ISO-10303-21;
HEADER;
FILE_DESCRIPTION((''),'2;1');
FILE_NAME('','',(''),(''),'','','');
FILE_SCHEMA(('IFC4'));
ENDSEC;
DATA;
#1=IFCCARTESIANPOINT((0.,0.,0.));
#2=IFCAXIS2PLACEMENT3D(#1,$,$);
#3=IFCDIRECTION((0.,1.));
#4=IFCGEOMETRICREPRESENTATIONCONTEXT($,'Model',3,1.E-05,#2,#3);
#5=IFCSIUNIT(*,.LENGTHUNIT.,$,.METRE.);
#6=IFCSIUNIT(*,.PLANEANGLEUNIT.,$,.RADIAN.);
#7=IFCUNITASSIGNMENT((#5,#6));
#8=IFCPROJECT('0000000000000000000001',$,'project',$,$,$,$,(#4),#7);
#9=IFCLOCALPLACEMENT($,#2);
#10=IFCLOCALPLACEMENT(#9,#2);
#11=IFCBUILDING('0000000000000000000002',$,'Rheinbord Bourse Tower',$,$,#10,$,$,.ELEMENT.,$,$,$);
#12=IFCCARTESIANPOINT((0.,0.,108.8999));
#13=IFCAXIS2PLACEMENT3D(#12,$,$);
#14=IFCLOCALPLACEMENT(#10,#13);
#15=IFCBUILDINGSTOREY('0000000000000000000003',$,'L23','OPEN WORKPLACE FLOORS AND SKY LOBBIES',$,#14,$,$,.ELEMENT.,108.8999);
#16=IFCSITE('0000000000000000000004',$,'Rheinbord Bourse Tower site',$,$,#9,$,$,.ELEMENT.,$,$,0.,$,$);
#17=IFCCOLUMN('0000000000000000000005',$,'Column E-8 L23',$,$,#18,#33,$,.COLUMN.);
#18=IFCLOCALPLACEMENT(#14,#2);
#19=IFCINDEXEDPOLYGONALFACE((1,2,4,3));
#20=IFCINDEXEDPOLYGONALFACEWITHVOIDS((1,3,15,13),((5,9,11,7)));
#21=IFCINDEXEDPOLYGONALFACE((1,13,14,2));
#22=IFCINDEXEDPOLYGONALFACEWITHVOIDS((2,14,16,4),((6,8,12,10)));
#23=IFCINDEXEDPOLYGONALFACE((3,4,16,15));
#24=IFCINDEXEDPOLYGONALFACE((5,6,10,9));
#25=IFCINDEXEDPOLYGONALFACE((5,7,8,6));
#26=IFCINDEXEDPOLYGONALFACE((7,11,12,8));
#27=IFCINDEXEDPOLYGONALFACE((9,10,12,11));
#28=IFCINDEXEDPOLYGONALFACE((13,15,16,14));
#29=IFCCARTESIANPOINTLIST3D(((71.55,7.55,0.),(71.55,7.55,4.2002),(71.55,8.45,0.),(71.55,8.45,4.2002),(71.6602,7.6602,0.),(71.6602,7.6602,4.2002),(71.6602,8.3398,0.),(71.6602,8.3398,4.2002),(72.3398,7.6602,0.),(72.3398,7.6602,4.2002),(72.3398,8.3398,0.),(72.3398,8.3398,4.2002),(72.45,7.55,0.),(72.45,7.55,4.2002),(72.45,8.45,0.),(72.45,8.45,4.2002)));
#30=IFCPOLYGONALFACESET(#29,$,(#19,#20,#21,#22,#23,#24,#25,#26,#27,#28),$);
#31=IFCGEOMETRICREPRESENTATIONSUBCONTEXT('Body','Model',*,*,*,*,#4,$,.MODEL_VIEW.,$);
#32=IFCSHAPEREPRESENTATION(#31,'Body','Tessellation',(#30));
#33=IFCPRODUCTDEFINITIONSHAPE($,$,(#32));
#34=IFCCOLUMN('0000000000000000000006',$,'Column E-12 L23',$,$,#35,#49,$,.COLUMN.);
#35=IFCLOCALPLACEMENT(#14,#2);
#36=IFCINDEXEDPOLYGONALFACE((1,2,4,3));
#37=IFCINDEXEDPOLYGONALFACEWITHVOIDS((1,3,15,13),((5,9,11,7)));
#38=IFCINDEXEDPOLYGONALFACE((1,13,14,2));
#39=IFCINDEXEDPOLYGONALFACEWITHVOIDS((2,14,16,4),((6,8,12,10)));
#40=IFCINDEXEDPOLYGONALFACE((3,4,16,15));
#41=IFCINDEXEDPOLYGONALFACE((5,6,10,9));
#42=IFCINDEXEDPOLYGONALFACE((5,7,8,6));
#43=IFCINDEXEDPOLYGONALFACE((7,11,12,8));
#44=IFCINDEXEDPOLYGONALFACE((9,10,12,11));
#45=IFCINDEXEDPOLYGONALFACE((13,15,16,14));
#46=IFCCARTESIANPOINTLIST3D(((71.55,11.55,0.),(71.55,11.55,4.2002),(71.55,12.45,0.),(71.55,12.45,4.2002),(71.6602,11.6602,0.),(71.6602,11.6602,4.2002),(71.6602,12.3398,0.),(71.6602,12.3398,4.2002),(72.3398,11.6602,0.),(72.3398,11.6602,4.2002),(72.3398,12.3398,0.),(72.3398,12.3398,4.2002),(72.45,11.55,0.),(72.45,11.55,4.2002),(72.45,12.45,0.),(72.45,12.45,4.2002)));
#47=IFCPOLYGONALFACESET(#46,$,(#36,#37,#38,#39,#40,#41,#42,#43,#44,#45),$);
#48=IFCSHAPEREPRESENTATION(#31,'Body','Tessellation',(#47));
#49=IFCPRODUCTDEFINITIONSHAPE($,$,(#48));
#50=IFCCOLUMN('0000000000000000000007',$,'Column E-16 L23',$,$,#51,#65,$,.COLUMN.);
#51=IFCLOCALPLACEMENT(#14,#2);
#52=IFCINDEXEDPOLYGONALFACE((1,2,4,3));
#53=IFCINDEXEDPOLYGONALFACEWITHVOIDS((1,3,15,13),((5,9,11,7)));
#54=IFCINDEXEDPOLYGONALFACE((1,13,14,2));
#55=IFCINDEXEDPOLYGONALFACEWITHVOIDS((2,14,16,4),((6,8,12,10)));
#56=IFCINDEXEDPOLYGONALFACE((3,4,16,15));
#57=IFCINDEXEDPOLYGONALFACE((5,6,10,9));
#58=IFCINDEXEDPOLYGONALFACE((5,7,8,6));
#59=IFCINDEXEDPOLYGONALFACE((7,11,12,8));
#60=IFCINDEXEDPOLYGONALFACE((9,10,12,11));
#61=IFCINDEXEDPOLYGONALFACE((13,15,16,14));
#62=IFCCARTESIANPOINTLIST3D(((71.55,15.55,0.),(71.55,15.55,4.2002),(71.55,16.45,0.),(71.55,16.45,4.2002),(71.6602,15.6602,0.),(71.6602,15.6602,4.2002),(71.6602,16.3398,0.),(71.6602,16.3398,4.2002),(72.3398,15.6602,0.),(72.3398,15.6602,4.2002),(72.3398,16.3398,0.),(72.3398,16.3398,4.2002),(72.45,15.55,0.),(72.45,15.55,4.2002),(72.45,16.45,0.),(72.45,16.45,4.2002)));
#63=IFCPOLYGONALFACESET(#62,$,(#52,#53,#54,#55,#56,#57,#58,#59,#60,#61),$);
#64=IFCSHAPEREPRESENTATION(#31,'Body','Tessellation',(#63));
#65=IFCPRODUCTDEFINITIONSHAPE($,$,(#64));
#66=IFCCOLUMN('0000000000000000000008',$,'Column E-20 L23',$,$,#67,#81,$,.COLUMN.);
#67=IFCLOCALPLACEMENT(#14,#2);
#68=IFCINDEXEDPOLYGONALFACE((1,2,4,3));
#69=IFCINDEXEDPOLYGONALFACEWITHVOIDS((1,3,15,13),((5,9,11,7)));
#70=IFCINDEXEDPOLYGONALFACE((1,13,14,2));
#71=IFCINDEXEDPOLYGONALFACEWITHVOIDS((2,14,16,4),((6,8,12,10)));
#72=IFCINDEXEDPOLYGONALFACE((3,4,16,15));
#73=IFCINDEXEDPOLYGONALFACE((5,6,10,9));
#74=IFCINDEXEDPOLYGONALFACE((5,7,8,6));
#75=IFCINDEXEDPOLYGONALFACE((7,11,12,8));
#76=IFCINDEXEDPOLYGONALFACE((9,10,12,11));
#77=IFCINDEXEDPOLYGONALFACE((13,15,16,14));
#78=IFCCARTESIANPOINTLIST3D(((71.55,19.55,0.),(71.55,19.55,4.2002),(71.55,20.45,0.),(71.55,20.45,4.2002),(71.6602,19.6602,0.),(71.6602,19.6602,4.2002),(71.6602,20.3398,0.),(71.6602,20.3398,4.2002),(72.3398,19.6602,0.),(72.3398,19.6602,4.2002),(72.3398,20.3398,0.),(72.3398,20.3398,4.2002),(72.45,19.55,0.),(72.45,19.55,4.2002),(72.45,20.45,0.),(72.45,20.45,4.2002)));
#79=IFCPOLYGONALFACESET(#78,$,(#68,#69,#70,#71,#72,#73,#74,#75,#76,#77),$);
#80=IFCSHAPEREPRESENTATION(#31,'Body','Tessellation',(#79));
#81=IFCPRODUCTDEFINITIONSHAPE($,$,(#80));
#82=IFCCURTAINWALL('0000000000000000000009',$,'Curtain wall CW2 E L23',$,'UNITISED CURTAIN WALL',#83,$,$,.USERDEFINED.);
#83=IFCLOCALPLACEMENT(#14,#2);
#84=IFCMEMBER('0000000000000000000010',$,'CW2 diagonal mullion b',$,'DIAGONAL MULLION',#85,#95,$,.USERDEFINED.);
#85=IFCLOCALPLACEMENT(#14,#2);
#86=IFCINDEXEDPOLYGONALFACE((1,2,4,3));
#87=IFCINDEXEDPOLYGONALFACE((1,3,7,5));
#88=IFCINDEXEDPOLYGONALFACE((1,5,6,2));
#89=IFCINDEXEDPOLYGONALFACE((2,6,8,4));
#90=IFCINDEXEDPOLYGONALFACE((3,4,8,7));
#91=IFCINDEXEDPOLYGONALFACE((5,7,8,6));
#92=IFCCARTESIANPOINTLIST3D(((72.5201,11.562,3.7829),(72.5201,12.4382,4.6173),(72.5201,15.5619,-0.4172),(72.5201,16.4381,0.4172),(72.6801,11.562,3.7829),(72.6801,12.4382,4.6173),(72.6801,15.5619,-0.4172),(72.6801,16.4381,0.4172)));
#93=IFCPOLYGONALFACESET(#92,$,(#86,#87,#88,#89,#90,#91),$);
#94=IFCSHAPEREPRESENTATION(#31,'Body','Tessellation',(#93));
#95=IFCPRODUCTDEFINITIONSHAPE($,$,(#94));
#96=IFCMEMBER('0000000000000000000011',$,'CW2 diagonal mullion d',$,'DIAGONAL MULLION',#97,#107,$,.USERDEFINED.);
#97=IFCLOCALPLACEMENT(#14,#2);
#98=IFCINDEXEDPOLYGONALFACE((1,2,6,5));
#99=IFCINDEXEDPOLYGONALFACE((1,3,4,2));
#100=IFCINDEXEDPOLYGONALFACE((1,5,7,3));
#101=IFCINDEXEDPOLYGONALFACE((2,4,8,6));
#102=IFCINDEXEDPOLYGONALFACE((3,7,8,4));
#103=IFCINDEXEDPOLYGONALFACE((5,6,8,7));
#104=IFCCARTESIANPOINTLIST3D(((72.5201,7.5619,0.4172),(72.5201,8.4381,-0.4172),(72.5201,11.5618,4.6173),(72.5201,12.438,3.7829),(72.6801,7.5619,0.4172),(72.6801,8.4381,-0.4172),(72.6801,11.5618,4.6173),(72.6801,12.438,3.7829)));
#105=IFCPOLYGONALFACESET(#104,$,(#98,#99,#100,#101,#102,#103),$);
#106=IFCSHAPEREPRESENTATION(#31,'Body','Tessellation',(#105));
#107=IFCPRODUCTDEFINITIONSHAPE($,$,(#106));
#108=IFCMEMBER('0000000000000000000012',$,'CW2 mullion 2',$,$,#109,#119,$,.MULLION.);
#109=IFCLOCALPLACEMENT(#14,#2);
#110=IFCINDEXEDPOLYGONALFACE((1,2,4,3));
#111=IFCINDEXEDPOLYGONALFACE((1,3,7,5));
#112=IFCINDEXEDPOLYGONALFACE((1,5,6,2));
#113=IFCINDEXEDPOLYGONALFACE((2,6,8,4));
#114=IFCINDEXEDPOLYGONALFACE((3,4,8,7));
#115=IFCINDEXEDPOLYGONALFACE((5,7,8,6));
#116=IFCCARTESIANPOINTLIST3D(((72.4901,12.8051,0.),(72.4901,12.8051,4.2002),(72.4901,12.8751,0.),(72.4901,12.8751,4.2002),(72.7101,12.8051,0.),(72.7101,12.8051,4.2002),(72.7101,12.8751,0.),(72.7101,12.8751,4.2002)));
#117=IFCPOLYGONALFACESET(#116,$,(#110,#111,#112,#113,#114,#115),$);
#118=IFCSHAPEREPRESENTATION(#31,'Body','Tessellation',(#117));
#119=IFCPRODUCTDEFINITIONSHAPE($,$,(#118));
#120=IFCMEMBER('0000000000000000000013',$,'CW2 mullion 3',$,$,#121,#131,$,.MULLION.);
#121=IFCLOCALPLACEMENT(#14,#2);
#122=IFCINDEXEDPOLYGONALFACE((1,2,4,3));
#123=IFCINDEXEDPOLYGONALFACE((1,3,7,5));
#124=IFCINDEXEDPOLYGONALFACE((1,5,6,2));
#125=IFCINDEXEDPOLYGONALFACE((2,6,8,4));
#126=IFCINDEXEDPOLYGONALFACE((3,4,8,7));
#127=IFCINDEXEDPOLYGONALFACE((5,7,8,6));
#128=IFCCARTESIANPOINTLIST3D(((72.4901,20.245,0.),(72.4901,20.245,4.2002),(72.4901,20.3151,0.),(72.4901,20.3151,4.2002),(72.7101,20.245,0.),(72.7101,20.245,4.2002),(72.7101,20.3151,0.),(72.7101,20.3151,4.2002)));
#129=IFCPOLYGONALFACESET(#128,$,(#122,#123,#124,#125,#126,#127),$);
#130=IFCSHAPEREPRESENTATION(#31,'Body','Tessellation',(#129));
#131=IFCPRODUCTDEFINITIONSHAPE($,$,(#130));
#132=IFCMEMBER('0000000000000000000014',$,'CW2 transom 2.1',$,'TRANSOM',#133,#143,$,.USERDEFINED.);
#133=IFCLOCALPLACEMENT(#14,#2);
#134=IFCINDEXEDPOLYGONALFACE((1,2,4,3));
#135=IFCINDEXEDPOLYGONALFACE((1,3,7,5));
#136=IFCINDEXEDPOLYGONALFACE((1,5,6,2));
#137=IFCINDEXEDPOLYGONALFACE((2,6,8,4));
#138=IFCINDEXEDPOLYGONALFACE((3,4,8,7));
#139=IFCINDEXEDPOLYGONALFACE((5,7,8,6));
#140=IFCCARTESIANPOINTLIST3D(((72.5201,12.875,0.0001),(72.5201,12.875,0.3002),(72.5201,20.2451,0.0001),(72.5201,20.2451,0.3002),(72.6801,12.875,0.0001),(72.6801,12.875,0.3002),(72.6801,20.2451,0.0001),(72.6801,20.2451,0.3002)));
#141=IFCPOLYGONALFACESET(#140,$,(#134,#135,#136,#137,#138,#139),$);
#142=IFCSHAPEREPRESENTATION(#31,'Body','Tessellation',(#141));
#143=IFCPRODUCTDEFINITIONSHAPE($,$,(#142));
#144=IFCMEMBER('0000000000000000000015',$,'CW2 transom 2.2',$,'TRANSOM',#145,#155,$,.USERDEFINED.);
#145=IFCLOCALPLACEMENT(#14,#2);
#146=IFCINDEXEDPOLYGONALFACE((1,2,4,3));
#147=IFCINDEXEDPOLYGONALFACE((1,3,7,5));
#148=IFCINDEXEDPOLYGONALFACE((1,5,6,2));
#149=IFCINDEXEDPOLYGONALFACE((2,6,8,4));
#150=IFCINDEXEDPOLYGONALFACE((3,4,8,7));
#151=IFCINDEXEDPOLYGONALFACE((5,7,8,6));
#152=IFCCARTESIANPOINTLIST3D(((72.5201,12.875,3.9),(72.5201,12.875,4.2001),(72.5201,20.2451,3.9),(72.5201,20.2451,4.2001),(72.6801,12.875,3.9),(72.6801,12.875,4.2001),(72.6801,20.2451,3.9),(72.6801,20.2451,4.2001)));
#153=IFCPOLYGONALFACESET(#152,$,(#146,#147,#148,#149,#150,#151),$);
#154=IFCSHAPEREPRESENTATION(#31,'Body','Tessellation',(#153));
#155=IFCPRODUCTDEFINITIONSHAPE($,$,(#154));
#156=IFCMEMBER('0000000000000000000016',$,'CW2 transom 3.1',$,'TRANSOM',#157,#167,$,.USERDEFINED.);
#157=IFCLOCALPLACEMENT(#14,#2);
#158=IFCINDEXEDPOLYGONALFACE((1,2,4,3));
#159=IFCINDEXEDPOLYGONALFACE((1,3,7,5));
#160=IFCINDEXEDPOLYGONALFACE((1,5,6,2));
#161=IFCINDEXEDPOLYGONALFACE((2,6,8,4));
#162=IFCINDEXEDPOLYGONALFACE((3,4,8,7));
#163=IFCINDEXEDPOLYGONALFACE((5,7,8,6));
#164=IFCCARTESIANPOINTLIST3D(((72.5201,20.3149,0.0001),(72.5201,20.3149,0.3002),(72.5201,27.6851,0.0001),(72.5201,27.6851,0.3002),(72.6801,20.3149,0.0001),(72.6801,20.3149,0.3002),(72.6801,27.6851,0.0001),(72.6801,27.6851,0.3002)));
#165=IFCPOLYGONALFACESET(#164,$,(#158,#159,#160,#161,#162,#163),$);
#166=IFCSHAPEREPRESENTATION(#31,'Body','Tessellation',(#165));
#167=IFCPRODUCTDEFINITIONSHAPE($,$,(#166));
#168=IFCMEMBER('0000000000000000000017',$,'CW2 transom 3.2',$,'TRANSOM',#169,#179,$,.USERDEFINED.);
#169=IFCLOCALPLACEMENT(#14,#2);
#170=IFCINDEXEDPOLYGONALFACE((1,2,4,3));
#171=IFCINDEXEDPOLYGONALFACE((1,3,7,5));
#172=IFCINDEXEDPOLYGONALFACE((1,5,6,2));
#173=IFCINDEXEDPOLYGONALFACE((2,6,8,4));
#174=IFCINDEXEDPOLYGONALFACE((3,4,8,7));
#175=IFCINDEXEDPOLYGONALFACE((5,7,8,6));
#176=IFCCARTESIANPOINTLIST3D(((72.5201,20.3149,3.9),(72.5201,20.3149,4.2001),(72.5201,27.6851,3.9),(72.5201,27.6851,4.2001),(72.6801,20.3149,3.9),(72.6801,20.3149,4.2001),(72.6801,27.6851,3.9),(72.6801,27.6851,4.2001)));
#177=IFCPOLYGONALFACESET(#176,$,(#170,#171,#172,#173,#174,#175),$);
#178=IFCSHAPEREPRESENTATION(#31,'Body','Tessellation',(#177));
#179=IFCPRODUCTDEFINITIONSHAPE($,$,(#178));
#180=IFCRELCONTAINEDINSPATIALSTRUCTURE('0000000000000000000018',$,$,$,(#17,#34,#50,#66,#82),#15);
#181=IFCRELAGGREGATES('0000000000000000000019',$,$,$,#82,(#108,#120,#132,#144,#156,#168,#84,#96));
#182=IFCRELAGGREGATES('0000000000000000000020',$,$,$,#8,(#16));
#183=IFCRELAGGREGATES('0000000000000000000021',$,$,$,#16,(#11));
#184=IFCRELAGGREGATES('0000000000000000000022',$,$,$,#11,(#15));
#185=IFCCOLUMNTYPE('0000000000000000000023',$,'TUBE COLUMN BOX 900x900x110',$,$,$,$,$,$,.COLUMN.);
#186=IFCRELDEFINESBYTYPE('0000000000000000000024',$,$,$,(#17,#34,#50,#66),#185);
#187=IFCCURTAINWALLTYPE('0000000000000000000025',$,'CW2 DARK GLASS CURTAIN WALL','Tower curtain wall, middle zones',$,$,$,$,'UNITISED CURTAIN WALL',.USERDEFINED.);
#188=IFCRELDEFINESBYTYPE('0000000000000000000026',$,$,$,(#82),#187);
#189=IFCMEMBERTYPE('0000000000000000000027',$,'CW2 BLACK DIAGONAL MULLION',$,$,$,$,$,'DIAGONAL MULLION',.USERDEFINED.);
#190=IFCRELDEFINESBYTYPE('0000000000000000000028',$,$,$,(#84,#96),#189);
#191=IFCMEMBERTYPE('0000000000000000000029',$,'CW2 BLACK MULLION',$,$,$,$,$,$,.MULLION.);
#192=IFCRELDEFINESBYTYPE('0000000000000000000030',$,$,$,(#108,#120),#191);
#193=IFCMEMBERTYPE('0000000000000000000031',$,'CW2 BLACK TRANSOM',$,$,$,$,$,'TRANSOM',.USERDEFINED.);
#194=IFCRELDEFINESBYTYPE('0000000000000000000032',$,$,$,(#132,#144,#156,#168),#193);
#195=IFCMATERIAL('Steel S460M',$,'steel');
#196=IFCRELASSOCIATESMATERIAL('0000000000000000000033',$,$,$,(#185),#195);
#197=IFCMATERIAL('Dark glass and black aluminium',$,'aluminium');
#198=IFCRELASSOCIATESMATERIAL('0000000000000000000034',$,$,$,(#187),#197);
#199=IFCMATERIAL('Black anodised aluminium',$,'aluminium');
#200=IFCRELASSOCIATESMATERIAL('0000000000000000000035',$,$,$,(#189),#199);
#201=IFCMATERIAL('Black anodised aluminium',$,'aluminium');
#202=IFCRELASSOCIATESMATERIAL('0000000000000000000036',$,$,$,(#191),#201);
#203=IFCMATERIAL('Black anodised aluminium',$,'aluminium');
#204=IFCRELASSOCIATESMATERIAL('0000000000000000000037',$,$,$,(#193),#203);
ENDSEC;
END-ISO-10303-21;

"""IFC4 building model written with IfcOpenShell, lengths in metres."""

from ifc_helpers import new_model, si_unit, direction, frame, origin, origin_2d, place, context, subcontext, project, spatial, rectangle, hollow_rectangle, extrude, material, material_profile, profile_set, type_object, element, aggregate, save


model = new_model("IFC4")

# Units and contexts
model_context = context("Model", 3, precision=1e-05, world=origin(), true_north=direction((0.0, 1.0)))
body_context = subcontext(model_context, "Body", "Model", "MODEL_VIEW")
ifc_project = project(units=[si_unit("LENGTHUNIT", "METRE"), si_unit("PLANEANGLEUNIT", "RADIAN")], contexts=[model_context])

# Site, building, storey
site_placement = place(None, origin())
site = spatial("IfcSite", under=ifc_project, at=site_placement, Name="Rheinbord Bourse Tower site", CompositionType="ELEMENT", RefElevation=0.0)
building_placement = place(site_placement, origin())
building = spatial("IfcBuilding", under=site, at=building_placement, Name="Rheinbord Bourse Tower", CompositionType="ELEMENT")
storey_placement = place(building_placement, frame((0.0, 0.0, 108.8999)))
storey = spatial("IfcBuildingStorey", under=building, at=storey_placement, Name="L23", Description="OPEN WORKPLACE FLOORS AND SKY LOBBIES", CompositionType="ELEMENT", Elevation=108.8999)

# Columns
ifc_material_1 = material(Name="Steel S460M", Category="steel")
ifc_material_profile_1 = material_profile(ifc_material_1, hollow_rectangle(XDim=0.8999, YDim=0.8999, WallThickness=0.1101, at=origin_2d()), Name="BOX 900x900x110")
ifc_profile_set_1 = profile_set([ifc_material_profile_1], Name="Steel S460M")
column_type = type_object("IfcColumnType", Name="TUBE COLUMN BOX 900x900x110", PredefinedType="COLUMN", material=ifc_profile_set_1)
for number, where, z_axis, x_axis, name in (
    (1, (72.0, 8.0, 0.0), (0.0, 0.0, 1.0), (1.0, 0.0, 0.0), "Column E-8 L23"),
    (2, (72.0, 12.0, 0.0), (0.0, 0.0, 1.0), (1.0, 0.0, 0.0), "Column E-12 L23"),
    (3, (72.0, 16.0, 0.0), (0.0, 0.0, 1.0), (1.0, 0.0, 0.0), "Column E-16 L23"),
    (4, (72.0, 20.0, 0.0), (0.0, 0.0, 1.0), (1.0, 0.0, 0.0), "Column E-20 L23"),
):
    element("IfcColumn", number, at=place(storey_placement, frame(where, z_axis=z_axis, x_axis=x_axis)), inside=storey, type_object=column_type, Name=name, PredefinedType="COLUMN", context=body_context, shape_type="SweptSolid", body=[
        extrude(hollow_rectangle(XDim=0.8999, YDim=0.8999, WallThickness=0.1101, at=origin_2d()), origin(), (0.0, 0.0, 1.0), 4.2002),
    ])

# Curtain wall, members
ifc_material_2 = material(Name="Dark glass and black aluminium", Category="aluminium")
curtain_wall_type = type_object("IfcCurtainWallType", Name="CW2 DARK GLASS CURTAIN WALL", Description="Tower curtain wall, middle zones", ElementType="UNITISED CURTAIN WALL", PredefinedType="USERDEFINED", material=ifc_material_2)
curtain_wall_placement = place(storey_placement, origin())
curtain_wall = element("IfcCurtainWall", 5, at=curtain_wall_placement, inside=storey, type_object=curtain_wall_type, Name="Curtain wall CW2 E L23", ObjectType="UNITISED CURTAIN WALL", PredefinedType="USERDEFINED")
ifc_material_3 = material(Name="Black anodised aluminium", Category="aluminium")
ifc_material_profile_2 = material_profile(ifc_material_3, rectangle(XDim=0.1599, YDim=1.21, at=origin_2d()), Name="CW2 DIAGONAL MULLION 1210x160")
ifc_profile_set_2 = profile_set([ifc_material_profile_2], Name="Black anodised aluminium")
member_type_1 = type_object("IfcMemberType", Name="CW2 BLACK DIAGONAL MULLION", ElementType="DIAGONAL MULLION", PredefinedType="USERDEFINED", material=ifc_profile_set_2)
member_1_placement = place(storey_placement, frame((72.6001, 16.0, 0.0), z_axis=(0.0, -0.689638, 0.724154), x_axis=(1.0, 0.0, 0.0)))
member_1 = element("IfcMember", 6, at=member_1_placement, type_object=member_type_1, Name="CW2 diagonal mullion b", ObjectType="DIAGONAL MULLION", PredefinedType="USERDEFINED", context=body_context, shape_type="SweptSolid", body=[
    extrude(rectangle(XDim=0.1599, YDim=1.21, at=origin_2d()), origin(), (0.0, 0.0, 1.0), 5.8),
])
member_2_placement = place(storey_placement, frame((72.6001, 8.0, 0.0), z_axis=(0.0, 0.689638, 0.724154), x_axis=(-1.0, 0.0, 0.0)))
member_2 = element("IfcMember", 7, at=member_2_placement, type_object=member_type_1, Name="CW2 diagonal mullion d", ObjectType="DIAGONAL MULLION", PredefinedType="USERDEFINED", context=body_context, shape_type="SweptSolid", body=[
    extrude(rectangle(XDim=0.1599, YDim=1.21, at=origin_2d()), origin(), (0.0, 0.0, 1.0), 5.8),
])
ifc_material_4 = material(Name="Black anodised aluminium", Category="aluminium")
ifc_material_profile_3 = material_profile(ifc_material_4, rectangle(XDim=0.22, YDim=0.0701, at=origin_2d()), Name="CW2 MULLION 70x220")
ifc_profile_set_3 = profile_set([ifc_material_profile_3], Name="Black anodised aluminium")
member_type_2 = type_object("IfcMemberType", Name="CW2 BLACK MULLION", PredefinedType="MULLION", material=ifc_profile_set_3)
member_3_placement = place(storey_placement, frame((72.6001, 12.8401, 0.0), z_axis=(0.0, 0.0, 1.0), x_axis=(-1.0, 0.0, 0.0)))
member_3 = element("IfcMember", 8, at=member_3_placement, type_object=member_type_2, Name="CW2 mullion 2", PredefinedType="MULLION", context=body_context, shape_type="SweptSolid", body=[
    extrude(rectangle(XDim=0.22, YDim=0.0701, at=origin_2d()), origin(), (0.0, 0.0, 1.0), 4.2002),
])
member_4_placement = place(storey_placement, frame((72.6001, 20.28, 0.0), z_axis=(0.0, 0.0, 1.0), x_axis=(-1.0, 0.0, 0.0)))
member_4 = element("IfcMember", 9, at=member_4_placement, type_object=member_type_2, Name="CW2 mullion 3", PredefinedType="MULLION", context=body_context, shape_type="SweptSolid", body=[
    extrude(rectangle(XDim=0.22, YDim=0.0701, at=origin_2d()), origin(), (0.0, 0.0, 1.0), 4.2002),
])
ifc_material_5 = material(Name="Black anodised aluminium", Category="aluminium")
ifc_material_profile_4 = material_profile(ifc_material_5, rectangle(XDim=0.1599, YDim=0.3, at=origin_2d()), Name="CW2 TRANSOM 300x160")
ifc_profile_set_4 = profile_set([ifc_material_profile_4], Name="Black anodised aluminium")
member_type_3 = type_object("IfcMemberType", Name="CW2 BLACK TRANSOM", ElementType="TRANSOM", PredefinedType="USERDEFINED", material=ifc_profile_set_4)
member_5_placement = place(storey_placement, frame((72.6001, 12.875, 0.1501), z_axis=(0.0, 1.0, 0.0), x_axis=(-1.0, 0.0, 0.0)))
member_5 = element("IfcMember", 10, at=member_5_placement, type_object=member_type_3, Name="CW2 transom 2.1", ObjectType="TRANSOM", PredefinedType="USERDEFINED", context=body_context, shape_type="SweptSolid", body=[
    extrude(rectangle(XDim=0.1599, YDim=0.3, at=origin_2d()), origin(), (0.0, 0.0, 1.0), 7.3701),
])
member_6_placement = place(storey_placement, frame((72.6001, 12.875, 4.05), z_axis=(0.0, 1.0, 0.0), x_axis=(-1.0, 0.0, 0.0)))
member_6 = element("IfcMember", 11, at=member_6_placement, type_object=member_type_3, Name="CW2 transom 2.2", ObjectType="TRANSOM", PredefinedType="USERDEFINED", context=body_context, shape_type="SweptSolid", body=[
    extrude(rectangle(XDim=0.1599, YDim=0.3, at=origin_2d()), origin(), (0.0, 0.0, 1.0), 7.3701),
])
member_7_placement = place(storey_placement, frame((72.6001, 20.3149, 0.1501), z_axis=(0.0, 1.0, 0.0), x_axis=(-1.0, 0.0, 0.0)))
member_7 = element("IfcMember", 12, at=member_7_placement, type_object=member_type_3, Name="CW2 transom 3.1", ObjectType="TRANSOM", PredefinedType="USERDEFINED", context=body_context, shape_type="SweptSolid", body=[
    extrude(rectangle(XDim=0.1599, YDim=0.3, at=origin_2d()), origin(), (0.0, 0.0, 1.0), 7.3701),
])
member_8_placement = place(storey_placement, frame((72.6001, 20.3149, 4.05), z_axis=(0.0, 1.0, 0.0), x_axis=(-1.0, 0.0, 0.0)))
member_8 = element("IfcMember", 13, at=member_8_placement, type_object=member_type_3, Name="CW2 transom 3.2", ObjectType="TRANSOM", PredefinedType="USERDEFINED", context=body_context, shape_type="SweptSolid", body=[
    extrude(rectangle(XDim=0.1599, YDim=0.3, at=origin_2d()), origin(), (0.0, 0.0, 1.0), 7.3701),
])

aggregate(curtain_wall, [member_3, member_4, member_5, member_6, member_7, member_8, member_1, member_2])

save(model, "model.ifc")
